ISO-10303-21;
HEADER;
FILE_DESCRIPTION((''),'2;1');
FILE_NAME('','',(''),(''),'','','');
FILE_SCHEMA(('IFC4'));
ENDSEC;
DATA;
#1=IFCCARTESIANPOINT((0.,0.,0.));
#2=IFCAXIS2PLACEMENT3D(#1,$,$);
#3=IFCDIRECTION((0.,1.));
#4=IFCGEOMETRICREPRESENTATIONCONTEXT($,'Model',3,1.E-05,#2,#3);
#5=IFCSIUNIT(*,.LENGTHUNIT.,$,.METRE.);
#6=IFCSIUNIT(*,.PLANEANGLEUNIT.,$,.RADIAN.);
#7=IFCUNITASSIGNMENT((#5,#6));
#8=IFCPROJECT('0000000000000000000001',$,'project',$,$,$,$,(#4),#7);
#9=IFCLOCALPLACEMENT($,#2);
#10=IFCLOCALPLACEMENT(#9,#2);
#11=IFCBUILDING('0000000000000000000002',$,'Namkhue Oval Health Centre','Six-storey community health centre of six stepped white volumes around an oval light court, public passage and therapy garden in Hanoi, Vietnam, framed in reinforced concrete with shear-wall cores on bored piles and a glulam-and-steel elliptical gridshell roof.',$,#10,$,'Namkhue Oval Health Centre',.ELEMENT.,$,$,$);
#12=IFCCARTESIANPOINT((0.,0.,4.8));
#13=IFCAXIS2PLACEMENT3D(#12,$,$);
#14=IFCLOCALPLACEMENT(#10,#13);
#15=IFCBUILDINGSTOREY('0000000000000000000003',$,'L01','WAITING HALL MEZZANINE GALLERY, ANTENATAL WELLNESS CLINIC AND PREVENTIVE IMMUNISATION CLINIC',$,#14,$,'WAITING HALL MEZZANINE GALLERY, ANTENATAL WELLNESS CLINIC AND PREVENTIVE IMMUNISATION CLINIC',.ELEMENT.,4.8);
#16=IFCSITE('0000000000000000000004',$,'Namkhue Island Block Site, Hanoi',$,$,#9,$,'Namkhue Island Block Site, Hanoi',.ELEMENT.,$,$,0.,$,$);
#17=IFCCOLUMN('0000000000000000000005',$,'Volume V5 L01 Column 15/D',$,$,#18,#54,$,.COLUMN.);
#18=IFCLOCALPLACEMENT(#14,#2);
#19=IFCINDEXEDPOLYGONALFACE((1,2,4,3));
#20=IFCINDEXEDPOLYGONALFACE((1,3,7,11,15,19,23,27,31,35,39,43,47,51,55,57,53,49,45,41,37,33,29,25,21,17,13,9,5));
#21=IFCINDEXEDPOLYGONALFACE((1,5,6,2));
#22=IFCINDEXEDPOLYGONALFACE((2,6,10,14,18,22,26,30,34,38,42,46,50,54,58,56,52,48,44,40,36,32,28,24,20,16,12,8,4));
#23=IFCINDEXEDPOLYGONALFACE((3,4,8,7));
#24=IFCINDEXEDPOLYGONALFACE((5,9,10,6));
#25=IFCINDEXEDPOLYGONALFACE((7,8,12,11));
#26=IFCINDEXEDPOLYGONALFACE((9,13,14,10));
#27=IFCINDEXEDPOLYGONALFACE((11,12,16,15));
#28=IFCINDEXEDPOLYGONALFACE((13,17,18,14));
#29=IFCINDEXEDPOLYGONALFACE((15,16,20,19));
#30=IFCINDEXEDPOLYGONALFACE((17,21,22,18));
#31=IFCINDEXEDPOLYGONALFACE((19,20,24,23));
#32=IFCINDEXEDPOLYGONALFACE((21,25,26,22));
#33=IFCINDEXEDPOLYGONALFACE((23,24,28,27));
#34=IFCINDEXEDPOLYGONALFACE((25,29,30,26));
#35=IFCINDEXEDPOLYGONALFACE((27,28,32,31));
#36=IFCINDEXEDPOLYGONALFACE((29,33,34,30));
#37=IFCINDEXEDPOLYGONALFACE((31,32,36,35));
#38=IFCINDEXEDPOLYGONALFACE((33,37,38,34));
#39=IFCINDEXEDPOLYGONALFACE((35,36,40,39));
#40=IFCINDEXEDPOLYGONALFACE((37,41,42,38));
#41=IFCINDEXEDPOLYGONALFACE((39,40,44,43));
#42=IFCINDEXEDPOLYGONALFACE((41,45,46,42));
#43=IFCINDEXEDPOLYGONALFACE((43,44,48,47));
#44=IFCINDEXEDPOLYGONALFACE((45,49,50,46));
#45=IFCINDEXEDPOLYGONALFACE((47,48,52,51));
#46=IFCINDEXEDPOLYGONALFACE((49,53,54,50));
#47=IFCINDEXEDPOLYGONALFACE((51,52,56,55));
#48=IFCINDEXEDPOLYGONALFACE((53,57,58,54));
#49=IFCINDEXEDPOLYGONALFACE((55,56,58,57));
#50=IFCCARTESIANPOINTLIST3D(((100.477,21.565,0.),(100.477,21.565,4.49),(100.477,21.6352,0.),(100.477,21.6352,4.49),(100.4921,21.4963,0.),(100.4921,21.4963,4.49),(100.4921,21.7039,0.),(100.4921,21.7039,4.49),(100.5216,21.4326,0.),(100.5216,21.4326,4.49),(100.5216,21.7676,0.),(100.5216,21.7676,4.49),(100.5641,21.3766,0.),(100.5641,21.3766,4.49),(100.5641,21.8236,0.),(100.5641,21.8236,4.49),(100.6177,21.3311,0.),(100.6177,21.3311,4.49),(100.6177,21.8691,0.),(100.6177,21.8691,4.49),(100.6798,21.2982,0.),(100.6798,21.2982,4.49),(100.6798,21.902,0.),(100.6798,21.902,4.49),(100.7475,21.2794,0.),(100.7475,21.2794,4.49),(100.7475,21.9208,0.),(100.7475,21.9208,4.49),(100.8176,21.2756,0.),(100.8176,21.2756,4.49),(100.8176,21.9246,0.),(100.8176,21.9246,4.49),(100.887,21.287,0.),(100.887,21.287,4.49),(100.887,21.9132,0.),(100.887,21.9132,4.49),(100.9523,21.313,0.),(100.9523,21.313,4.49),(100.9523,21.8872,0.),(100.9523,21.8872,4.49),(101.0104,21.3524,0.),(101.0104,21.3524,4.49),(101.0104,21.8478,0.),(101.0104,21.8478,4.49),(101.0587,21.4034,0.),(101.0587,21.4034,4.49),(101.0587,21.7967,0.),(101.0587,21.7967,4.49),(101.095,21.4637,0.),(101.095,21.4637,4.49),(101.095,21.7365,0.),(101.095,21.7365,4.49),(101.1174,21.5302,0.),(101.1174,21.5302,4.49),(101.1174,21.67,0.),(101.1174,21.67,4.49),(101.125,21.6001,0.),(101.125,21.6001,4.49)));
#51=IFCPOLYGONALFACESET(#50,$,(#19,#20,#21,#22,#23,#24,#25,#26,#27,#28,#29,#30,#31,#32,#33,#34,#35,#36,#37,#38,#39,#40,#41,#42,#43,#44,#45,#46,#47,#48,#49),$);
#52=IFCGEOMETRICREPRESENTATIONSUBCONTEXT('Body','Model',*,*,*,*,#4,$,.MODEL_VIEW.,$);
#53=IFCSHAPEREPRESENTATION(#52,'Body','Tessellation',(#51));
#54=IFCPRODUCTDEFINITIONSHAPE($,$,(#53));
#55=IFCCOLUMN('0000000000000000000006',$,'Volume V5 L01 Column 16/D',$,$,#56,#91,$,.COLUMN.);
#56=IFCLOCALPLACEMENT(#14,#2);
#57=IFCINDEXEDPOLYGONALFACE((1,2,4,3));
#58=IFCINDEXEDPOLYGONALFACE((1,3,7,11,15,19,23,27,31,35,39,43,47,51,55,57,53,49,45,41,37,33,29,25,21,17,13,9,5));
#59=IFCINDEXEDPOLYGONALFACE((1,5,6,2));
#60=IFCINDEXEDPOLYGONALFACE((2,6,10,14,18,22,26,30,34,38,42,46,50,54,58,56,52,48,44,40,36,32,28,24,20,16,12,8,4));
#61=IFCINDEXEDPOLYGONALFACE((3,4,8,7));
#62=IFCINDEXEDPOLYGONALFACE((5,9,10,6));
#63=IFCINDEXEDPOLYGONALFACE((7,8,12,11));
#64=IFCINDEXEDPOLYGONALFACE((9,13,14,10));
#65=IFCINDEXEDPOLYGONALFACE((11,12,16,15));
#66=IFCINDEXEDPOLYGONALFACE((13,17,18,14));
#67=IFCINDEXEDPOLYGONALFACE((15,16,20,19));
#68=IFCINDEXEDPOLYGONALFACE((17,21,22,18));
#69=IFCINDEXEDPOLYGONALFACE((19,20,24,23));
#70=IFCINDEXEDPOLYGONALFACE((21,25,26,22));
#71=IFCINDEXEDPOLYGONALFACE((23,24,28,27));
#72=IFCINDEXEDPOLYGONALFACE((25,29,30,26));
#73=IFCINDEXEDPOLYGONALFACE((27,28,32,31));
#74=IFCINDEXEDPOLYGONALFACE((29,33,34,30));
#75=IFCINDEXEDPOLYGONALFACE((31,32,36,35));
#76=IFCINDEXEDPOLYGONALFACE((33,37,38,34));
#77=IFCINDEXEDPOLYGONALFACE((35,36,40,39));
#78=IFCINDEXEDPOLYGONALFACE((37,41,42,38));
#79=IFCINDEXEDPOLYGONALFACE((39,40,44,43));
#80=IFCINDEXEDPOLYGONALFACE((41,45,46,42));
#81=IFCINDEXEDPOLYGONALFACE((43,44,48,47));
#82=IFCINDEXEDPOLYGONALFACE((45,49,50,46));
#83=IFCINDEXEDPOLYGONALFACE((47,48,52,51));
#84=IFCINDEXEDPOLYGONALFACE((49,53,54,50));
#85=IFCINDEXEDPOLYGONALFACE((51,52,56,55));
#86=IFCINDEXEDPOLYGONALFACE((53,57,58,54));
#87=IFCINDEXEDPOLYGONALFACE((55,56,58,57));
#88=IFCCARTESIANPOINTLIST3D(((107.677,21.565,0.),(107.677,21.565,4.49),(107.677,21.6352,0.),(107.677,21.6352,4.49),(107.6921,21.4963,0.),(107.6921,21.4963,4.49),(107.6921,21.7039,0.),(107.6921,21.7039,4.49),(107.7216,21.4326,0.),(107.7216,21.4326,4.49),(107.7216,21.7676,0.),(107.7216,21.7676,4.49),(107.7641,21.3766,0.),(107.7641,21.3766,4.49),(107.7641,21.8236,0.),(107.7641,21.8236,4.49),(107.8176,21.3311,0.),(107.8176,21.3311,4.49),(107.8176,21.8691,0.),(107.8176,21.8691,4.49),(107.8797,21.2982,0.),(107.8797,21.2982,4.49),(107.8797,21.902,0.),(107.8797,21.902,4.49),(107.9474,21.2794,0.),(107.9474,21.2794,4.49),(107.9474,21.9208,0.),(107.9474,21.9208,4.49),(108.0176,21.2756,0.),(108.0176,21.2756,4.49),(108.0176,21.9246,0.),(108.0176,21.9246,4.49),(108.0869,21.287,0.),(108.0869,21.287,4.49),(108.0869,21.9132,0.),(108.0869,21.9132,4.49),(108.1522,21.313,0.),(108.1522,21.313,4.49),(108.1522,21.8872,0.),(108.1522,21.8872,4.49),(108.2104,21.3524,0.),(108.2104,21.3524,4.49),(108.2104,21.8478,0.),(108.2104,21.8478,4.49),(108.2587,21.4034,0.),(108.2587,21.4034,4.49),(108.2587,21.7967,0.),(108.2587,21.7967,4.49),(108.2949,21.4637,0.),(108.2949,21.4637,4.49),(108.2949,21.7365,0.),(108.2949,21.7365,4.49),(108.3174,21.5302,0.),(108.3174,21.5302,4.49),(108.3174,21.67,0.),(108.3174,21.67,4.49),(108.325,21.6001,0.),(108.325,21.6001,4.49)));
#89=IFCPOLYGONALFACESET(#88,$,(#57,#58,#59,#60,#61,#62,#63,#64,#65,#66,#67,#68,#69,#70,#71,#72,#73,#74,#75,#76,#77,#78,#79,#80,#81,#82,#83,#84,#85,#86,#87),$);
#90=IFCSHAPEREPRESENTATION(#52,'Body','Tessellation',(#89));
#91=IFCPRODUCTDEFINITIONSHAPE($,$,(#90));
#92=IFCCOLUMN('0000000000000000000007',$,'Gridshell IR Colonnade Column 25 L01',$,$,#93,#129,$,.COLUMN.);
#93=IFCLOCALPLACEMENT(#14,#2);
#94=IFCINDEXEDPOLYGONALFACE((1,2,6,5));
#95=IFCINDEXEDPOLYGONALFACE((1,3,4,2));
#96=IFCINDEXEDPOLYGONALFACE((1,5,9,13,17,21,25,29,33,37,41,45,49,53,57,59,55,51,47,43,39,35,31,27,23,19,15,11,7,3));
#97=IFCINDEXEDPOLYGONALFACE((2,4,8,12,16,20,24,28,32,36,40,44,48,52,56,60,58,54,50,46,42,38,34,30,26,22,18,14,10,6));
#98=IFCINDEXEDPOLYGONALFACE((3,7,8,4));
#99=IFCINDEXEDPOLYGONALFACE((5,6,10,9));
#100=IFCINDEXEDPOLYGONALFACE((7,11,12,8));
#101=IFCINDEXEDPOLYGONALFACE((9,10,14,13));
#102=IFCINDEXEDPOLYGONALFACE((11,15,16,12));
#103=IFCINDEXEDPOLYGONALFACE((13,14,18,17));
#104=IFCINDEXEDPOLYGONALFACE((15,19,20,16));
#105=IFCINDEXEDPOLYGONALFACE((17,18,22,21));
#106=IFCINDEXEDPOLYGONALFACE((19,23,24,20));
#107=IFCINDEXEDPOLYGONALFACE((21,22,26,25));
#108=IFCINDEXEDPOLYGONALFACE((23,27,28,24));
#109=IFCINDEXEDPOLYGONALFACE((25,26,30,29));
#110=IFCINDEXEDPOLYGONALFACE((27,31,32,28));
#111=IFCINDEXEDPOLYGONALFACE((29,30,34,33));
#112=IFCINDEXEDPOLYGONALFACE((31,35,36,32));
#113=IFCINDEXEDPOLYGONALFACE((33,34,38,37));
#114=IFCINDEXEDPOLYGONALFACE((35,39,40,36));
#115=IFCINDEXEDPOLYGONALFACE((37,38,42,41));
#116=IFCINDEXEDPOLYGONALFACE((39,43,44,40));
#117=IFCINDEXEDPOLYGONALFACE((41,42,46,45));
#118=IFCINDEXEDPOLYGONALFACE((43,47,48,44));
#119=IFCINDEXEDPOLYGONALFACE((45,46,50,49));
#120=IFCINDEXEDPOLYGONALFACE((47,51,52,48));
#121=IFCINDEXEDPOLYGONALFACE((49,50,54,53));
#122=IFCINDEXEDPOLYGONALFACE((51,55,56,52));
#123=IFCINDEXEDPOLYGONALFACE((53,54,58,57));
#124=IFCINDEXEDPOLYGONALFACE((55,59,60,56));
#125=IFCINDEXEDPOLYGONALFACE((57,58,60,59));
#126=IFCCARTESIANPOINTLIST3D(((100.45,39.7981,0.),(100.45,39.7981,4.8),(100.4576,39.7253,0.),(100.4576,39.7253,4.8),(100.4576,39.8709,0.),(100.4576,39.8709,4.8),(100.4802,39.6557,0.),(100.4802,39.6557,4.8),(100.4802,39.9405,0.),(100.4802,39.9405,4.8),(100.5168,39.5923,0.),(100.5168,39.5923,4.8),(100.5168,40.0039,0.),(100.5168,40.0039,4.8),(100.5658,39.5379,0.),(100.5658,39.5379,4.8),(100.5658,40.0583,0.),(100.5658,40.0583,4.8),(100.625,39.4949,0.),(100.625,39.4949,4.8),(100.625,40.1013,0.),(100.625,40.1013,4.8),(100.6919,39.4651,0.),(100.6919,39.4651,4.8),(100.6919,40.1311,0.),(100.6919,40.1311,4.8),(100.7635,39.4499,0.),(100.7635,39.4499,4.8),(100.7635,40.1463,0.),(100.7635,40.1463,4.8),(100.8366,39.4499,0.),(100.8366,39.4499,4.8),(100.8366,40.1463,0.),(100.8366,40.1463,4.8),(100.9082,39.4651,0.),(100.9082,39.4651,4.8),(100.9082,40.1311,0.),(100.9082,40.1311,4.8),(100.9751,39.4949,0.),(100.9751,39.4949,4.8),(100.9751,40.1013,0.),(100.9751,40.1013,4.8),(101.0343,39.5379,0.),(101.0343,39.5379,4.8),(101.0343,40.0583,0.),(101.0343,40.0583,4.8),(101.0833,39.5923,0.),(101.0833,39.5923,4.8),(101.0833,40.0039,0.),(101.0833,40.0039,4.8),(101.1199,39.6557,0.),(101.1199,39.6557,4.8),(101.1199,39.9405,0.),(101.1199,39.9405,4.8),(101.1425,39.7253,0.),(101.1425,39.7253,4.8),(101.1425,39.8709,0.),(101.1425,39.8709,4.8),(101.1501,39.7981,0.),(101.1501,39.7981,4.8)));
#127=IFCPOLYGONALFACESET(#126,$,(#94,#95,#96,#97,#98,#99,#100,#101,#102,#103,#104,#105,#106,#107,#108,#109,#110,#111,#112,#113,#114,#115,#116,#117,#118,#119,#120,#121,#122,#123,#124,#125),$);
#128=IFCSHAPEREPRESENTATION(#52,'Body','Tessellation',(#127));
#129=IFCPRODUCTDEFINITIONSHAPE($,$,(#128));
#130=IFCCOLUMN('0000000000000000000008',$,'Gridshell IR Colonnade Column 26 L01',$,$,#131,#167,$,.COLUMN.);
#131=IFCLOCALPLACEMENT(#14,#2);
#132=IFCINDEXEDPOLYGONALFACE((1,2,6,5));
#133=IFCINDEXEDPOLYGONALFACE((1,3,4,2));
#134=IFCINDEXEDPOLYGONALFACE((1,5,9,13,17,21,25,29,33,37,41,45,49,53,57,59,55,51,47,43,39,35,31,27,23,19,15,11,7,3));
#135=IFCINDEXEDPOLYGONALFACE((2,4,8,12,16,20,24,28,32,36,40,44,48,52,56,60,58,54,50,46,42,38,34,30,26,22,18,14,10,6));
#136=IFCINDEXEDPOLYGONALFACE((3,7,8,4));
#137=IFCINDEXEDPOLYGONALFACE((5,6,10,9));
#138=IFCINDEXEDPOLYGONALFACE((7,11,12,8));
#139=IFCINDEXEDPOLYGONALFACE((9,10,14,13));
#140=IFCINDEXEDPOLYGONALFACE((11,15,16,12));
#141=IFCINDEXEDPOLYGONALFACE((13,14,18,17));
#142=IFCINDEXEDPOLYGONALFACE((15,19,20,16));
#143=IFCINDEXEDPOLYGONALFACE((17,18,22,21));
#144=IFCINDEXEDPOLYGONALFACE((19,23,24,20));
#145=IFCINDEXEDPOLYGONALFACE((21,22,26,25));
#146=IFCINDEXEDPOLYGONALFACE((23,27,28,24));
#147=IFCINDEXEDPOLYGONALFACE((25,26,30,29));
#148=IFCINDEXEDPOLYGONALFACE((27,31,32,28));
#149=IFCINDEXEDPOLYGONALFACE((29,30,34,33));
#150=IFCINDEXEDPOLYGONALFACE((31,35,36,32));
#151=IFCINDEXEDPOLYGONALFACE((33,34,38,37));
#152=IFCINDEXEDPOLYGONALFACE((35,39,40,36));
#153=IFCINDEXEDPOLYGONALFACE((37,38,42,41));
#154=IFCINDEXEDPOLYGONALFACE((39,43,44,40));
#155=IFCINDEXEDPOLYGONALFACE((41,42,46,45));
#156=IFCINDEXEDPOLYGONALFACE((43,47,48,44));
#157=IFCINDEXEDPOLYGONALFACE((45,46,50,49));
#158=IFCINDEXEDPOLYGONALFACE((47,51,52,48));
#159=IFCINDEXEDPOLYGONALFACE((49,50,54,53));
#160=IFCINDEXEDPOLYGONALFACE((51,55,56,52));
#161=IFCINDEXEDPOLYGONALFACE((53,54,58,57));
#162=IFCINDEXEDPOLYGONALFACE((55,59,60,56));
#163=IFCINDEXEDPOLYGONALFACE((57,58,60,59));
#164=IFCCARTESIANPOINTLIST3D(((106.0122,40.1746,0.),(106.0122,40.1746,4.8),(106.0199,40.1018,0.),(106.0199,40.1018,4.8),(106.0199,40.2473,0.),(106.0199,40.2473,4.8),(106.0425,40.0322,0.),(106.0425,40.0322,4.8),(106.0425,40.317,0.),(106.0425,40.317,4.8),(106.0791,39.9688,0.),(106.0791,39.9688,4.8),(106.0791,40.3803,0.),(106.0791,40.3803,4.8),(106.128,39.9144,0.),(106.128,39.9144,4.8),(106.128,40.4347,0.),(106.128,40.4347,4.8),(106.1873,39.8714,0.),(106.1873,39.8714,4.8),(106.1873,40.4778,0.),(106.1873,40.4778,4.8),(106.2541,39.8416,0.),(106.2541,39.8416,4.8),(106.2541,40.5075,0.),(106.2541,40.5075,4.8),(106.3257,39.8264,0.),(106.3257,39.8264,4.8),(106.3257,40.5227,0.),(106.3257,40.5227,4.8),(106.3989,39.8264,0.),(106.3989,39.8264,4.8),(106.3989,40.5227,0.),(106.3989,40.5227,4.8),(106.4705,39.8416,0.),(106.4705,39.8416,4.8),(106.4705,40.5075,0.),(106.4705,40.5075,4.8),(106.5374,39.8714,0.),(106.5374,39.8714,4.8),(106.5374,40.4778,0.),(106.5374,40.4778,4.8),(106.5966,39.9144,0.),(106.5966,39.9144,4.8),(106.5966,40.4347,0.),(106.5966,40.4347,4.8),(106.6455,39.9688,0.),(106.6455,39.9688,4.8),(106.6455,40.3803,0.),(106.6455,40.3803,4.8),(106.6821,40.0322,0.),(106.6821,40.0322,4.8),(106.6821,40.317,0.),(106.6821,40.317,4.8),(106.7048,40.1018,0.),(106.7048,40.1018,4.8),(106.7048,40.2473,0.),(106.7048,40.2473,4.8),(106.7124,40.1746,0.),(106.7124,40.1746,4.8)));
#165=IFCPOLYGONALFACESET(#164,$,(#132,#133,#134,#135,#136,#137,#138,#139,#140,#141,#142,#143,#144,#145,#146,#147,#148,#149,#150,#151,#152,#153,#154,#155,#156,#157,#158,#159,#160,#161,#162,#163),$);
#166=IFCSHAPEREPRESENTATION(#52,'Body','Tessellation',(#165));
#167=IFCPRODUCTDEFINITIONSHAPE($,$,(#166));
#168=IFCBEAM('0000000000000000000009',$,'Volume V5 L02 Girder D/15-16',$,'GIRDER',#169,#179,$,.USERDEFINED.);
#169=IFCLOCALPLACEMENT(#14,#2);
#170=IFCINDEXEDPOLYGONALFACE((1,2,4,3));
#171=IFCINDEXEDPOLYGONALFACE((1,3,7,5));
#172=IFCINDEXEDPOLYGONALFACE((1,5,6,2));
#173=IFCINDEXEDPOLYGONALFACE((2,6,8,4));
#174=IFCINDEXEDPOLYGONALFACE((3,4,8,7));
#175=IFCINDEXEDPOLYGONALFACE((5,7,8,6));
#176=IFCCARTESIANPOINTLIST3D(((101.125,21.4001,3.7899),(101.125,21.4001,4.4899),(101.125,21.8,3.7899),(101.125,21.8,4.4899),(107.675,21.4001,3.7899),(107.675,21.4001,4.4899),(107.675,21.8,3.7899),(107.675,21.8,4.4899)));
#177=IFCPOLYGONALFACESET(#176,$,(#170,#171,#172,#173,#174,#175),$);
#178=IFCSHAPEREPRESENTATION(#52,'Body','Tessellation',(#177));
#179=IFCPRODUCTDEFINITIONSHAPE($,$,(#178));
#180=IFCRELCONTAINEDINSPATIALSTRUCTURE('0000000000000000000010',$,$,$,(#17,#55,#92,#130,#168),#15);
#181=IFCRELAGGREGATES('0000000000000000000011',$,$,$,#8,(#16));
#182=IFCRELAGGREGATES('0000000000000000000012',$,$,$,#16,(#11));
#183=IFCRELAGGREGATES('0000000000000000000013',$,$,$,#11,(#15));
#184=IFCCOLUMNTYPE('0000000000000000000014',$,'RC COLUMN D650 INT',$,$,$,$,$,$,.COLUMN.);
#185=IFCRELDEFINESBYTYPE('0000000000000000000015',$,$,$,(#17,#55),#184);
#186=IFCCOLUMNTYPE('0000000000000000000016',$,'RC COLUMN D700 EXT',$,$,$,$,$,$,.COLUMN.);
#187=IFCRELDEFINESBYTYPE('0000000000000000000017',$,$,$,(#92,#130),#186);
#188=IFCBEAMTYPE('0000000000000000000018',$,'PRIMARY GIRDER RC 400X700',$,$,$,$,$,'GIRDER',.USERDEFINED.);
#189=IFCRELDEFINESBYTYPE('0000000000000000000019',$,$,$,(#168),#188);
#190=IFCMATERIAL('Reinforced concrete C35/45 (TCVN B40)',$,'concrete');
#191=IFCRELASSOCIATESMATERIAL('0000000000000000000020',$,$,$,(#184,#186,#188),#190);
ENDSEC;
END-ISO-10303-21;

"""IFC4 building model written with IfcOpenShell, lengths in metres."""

from ifc_helpers import new_model, si_unit, direction, frame, origin, origin_2d, place, context, subcontext, project, spatial, rectangle, circle, extrude, material, material_profile, profile_set, type_object, element, save


model = new_model("IFC4")

# Units and contexts
model_context = context("Model", 3, precision=1e-05, world=origin(), true_north=direction((0.0, 1.0)))
body_context = subcontext(model_context, "Body", "Model", "MODEL_VIEW")
ifc_project = project(units=[si_unit("LENGTHUNIT", "METRE"), si_unit("PLANEANGLEUNIT", "RADIAN")], contexts=[model_context])

# Site, building, storey
site_placement = place(None, origin())
site = spatial("IfcSite", under=ifc_project, at=site_placement, Name="Namkhue Island Block Site, Hanoi", LongName="Namkhue Island Block Site, Hanoi", CompositionType="ELEMENT", RefElevation=0.0)
building_placement = place(site_placement, origin())
building = spatial("IfcBuilding", under=site, at=building_placement, Name="Namkhue Oval Health Centre", Description="Six-storey community health centre of six stepped white volumes around an oval light court, public passage and therapy garden in Hanoi, Vietnam, framed in reinforced concrete with shear-wall cores on bored piles and a glulam-and-steel elliptical gridshell roof.", LongName="Namkhue Oval Health Centre", CompositionType="ELEMENT")
storey_placement = place(building_placement, frame((0.0, 0.0, 4.8)))
storey = spatial("IfcBuildingStorey", under=building, at=storey_placement, Name="L01", Description="WAITING HALL MEZZANINE GALLERY, ANTENATAL WELLNESS CLINIC AND PREVENTIVE IMMUNISATION CLINIC", LongName="WAITING HALL MEZZANINE GALLERY, ANTENATAL WELLNESS CLINIC AND PREVENTIVE IMMUNISATION CLINIC", CompositionType="ELEMENT", Elevation=4.8)

# Columns
ifc_material_1 = material(Name="Reinforced concrete C35/45 (TCVN B40)", Category="concrete")
ifc_material_profile_1 = material_profile(ifc_material_1, circle(Radius=0.325, at=origin_2d()), Name="RC D650")
ifc_profile_set_1 = profile_set([ifc_material_profile_1], Name="Reinforced concrete C35/45 (TCVN B40)")
column_type_1 = type_object("IfcColumnType", Name="RC COLUMN D650 INT", PredefinedType="COLUMN", material=ifc_profile_set_1)
for number, where, z_axis, x_axis, name in (
    (1, (100.8, 21.6001, 0.0), (0.0, 0.0, 1.0), (1.0, 0.0, 0.0), "Volume V5 L01 Column 15/D"),
    (2, (108.0, 21.6001, 0.0), (0.0, 0.0, 1.0), (1.0, 0.0, 0.0), "Volume V5 L01 Column 16/D"),
):
    element("IfcColumn", number, at=place(storey_placement, frame(where, z_axis=z_axis, x_axis=x_axis)), inside=storey, type_object=column_type_1, Name=name, PredefinedType="COLUMN", context=body_context, shape_type="SweptSolid", body=[
        extrude(circle(Radius=0.325, at=origin_2d()), origin(), (0.0, 0.0, 1.0), 4.49),
    ])
ifc_material_profile_2 = material_profile(ifc_material_1, circle(Radius=0.3501, at=origin_2d()), Name="RC D700")
ifc_profile_set_2 = profile_set([ifc_material_profile_2], Name="Reinforced concrete C35/45 (TCVN B40)")
column_type_2 = type_object("IfcColumnType", Name="RC COLUMN D700 EXT", PredefinedType="COLUMN", material=ifc_profile_set_2)
for number, where, z_axis, x_axis, name in (
    (3, (100.8, 39.7981, 0.0), (0.0, 0.0, 1.0), (1.0, 0.0, 0.0), "Gridshell IR Colonnade Column 25 L01"),
    (4, (106.3623, 40.1746, 0.0), (0.0, 0.0, 1.0), (1.0, 0.0, 0.0), "Gridshell IR Colonnade Column 26 L01"),
):
    element("IfcColumn", number, at=place(storey_placement, frame(where, z_axis=z_axis, x_axis=x_axis)), inside=storey, type_object=column_type_2, Name=name, PredefinedType="COLUMN", context=body_context, shape_type="SweptSolid", body=[
        extrude(circle(Radius=0.3501, at=origin_2d()), origin(), (0.0, 0.0, 1.0), 4.8),
    ])

# Beam
ifc_material_profile_3 = material_profile(ifc_material_1, rectangle(XDim=0.3999, YDim=0.7, at=origin_2d()), Name="RC 400x700")
ifc_profile_set_3 = profile_set([ifc_material_profile_3], Name="Reinforced concrete C35/45 (TCVN B40)")
beam_type = type_object("IfcBeamType", Name="PRIMARY GIRDER RC 400X700", ElementType="GIRDER", PredefinedType="USERDEFINED", material=ifc_profile_set_3)
beam_placement = place(storey_placement, frame((101.125, 21.6001, 4.1399), z_axis=(1.0, 0.0, 0.0), x_axis=(0.0, 1.0, 0.0)))
element("IfcBeam", 5, at=beam_placement, inside=storey, type_object=beam_type, Name="Volume V5 L02 Girder D/15-16", ObjectType="GIRDER", PredefinedType="USERDEFINED", context=body_context, shape_type="SweptSolid", body=[
    extrude(rectangle(XDim=0.3999, YDim=0.7, at=origin_2d()), origin(), (0.0, 0.0, 1.0), 6.55),
])

save(model, "model.ifc")
